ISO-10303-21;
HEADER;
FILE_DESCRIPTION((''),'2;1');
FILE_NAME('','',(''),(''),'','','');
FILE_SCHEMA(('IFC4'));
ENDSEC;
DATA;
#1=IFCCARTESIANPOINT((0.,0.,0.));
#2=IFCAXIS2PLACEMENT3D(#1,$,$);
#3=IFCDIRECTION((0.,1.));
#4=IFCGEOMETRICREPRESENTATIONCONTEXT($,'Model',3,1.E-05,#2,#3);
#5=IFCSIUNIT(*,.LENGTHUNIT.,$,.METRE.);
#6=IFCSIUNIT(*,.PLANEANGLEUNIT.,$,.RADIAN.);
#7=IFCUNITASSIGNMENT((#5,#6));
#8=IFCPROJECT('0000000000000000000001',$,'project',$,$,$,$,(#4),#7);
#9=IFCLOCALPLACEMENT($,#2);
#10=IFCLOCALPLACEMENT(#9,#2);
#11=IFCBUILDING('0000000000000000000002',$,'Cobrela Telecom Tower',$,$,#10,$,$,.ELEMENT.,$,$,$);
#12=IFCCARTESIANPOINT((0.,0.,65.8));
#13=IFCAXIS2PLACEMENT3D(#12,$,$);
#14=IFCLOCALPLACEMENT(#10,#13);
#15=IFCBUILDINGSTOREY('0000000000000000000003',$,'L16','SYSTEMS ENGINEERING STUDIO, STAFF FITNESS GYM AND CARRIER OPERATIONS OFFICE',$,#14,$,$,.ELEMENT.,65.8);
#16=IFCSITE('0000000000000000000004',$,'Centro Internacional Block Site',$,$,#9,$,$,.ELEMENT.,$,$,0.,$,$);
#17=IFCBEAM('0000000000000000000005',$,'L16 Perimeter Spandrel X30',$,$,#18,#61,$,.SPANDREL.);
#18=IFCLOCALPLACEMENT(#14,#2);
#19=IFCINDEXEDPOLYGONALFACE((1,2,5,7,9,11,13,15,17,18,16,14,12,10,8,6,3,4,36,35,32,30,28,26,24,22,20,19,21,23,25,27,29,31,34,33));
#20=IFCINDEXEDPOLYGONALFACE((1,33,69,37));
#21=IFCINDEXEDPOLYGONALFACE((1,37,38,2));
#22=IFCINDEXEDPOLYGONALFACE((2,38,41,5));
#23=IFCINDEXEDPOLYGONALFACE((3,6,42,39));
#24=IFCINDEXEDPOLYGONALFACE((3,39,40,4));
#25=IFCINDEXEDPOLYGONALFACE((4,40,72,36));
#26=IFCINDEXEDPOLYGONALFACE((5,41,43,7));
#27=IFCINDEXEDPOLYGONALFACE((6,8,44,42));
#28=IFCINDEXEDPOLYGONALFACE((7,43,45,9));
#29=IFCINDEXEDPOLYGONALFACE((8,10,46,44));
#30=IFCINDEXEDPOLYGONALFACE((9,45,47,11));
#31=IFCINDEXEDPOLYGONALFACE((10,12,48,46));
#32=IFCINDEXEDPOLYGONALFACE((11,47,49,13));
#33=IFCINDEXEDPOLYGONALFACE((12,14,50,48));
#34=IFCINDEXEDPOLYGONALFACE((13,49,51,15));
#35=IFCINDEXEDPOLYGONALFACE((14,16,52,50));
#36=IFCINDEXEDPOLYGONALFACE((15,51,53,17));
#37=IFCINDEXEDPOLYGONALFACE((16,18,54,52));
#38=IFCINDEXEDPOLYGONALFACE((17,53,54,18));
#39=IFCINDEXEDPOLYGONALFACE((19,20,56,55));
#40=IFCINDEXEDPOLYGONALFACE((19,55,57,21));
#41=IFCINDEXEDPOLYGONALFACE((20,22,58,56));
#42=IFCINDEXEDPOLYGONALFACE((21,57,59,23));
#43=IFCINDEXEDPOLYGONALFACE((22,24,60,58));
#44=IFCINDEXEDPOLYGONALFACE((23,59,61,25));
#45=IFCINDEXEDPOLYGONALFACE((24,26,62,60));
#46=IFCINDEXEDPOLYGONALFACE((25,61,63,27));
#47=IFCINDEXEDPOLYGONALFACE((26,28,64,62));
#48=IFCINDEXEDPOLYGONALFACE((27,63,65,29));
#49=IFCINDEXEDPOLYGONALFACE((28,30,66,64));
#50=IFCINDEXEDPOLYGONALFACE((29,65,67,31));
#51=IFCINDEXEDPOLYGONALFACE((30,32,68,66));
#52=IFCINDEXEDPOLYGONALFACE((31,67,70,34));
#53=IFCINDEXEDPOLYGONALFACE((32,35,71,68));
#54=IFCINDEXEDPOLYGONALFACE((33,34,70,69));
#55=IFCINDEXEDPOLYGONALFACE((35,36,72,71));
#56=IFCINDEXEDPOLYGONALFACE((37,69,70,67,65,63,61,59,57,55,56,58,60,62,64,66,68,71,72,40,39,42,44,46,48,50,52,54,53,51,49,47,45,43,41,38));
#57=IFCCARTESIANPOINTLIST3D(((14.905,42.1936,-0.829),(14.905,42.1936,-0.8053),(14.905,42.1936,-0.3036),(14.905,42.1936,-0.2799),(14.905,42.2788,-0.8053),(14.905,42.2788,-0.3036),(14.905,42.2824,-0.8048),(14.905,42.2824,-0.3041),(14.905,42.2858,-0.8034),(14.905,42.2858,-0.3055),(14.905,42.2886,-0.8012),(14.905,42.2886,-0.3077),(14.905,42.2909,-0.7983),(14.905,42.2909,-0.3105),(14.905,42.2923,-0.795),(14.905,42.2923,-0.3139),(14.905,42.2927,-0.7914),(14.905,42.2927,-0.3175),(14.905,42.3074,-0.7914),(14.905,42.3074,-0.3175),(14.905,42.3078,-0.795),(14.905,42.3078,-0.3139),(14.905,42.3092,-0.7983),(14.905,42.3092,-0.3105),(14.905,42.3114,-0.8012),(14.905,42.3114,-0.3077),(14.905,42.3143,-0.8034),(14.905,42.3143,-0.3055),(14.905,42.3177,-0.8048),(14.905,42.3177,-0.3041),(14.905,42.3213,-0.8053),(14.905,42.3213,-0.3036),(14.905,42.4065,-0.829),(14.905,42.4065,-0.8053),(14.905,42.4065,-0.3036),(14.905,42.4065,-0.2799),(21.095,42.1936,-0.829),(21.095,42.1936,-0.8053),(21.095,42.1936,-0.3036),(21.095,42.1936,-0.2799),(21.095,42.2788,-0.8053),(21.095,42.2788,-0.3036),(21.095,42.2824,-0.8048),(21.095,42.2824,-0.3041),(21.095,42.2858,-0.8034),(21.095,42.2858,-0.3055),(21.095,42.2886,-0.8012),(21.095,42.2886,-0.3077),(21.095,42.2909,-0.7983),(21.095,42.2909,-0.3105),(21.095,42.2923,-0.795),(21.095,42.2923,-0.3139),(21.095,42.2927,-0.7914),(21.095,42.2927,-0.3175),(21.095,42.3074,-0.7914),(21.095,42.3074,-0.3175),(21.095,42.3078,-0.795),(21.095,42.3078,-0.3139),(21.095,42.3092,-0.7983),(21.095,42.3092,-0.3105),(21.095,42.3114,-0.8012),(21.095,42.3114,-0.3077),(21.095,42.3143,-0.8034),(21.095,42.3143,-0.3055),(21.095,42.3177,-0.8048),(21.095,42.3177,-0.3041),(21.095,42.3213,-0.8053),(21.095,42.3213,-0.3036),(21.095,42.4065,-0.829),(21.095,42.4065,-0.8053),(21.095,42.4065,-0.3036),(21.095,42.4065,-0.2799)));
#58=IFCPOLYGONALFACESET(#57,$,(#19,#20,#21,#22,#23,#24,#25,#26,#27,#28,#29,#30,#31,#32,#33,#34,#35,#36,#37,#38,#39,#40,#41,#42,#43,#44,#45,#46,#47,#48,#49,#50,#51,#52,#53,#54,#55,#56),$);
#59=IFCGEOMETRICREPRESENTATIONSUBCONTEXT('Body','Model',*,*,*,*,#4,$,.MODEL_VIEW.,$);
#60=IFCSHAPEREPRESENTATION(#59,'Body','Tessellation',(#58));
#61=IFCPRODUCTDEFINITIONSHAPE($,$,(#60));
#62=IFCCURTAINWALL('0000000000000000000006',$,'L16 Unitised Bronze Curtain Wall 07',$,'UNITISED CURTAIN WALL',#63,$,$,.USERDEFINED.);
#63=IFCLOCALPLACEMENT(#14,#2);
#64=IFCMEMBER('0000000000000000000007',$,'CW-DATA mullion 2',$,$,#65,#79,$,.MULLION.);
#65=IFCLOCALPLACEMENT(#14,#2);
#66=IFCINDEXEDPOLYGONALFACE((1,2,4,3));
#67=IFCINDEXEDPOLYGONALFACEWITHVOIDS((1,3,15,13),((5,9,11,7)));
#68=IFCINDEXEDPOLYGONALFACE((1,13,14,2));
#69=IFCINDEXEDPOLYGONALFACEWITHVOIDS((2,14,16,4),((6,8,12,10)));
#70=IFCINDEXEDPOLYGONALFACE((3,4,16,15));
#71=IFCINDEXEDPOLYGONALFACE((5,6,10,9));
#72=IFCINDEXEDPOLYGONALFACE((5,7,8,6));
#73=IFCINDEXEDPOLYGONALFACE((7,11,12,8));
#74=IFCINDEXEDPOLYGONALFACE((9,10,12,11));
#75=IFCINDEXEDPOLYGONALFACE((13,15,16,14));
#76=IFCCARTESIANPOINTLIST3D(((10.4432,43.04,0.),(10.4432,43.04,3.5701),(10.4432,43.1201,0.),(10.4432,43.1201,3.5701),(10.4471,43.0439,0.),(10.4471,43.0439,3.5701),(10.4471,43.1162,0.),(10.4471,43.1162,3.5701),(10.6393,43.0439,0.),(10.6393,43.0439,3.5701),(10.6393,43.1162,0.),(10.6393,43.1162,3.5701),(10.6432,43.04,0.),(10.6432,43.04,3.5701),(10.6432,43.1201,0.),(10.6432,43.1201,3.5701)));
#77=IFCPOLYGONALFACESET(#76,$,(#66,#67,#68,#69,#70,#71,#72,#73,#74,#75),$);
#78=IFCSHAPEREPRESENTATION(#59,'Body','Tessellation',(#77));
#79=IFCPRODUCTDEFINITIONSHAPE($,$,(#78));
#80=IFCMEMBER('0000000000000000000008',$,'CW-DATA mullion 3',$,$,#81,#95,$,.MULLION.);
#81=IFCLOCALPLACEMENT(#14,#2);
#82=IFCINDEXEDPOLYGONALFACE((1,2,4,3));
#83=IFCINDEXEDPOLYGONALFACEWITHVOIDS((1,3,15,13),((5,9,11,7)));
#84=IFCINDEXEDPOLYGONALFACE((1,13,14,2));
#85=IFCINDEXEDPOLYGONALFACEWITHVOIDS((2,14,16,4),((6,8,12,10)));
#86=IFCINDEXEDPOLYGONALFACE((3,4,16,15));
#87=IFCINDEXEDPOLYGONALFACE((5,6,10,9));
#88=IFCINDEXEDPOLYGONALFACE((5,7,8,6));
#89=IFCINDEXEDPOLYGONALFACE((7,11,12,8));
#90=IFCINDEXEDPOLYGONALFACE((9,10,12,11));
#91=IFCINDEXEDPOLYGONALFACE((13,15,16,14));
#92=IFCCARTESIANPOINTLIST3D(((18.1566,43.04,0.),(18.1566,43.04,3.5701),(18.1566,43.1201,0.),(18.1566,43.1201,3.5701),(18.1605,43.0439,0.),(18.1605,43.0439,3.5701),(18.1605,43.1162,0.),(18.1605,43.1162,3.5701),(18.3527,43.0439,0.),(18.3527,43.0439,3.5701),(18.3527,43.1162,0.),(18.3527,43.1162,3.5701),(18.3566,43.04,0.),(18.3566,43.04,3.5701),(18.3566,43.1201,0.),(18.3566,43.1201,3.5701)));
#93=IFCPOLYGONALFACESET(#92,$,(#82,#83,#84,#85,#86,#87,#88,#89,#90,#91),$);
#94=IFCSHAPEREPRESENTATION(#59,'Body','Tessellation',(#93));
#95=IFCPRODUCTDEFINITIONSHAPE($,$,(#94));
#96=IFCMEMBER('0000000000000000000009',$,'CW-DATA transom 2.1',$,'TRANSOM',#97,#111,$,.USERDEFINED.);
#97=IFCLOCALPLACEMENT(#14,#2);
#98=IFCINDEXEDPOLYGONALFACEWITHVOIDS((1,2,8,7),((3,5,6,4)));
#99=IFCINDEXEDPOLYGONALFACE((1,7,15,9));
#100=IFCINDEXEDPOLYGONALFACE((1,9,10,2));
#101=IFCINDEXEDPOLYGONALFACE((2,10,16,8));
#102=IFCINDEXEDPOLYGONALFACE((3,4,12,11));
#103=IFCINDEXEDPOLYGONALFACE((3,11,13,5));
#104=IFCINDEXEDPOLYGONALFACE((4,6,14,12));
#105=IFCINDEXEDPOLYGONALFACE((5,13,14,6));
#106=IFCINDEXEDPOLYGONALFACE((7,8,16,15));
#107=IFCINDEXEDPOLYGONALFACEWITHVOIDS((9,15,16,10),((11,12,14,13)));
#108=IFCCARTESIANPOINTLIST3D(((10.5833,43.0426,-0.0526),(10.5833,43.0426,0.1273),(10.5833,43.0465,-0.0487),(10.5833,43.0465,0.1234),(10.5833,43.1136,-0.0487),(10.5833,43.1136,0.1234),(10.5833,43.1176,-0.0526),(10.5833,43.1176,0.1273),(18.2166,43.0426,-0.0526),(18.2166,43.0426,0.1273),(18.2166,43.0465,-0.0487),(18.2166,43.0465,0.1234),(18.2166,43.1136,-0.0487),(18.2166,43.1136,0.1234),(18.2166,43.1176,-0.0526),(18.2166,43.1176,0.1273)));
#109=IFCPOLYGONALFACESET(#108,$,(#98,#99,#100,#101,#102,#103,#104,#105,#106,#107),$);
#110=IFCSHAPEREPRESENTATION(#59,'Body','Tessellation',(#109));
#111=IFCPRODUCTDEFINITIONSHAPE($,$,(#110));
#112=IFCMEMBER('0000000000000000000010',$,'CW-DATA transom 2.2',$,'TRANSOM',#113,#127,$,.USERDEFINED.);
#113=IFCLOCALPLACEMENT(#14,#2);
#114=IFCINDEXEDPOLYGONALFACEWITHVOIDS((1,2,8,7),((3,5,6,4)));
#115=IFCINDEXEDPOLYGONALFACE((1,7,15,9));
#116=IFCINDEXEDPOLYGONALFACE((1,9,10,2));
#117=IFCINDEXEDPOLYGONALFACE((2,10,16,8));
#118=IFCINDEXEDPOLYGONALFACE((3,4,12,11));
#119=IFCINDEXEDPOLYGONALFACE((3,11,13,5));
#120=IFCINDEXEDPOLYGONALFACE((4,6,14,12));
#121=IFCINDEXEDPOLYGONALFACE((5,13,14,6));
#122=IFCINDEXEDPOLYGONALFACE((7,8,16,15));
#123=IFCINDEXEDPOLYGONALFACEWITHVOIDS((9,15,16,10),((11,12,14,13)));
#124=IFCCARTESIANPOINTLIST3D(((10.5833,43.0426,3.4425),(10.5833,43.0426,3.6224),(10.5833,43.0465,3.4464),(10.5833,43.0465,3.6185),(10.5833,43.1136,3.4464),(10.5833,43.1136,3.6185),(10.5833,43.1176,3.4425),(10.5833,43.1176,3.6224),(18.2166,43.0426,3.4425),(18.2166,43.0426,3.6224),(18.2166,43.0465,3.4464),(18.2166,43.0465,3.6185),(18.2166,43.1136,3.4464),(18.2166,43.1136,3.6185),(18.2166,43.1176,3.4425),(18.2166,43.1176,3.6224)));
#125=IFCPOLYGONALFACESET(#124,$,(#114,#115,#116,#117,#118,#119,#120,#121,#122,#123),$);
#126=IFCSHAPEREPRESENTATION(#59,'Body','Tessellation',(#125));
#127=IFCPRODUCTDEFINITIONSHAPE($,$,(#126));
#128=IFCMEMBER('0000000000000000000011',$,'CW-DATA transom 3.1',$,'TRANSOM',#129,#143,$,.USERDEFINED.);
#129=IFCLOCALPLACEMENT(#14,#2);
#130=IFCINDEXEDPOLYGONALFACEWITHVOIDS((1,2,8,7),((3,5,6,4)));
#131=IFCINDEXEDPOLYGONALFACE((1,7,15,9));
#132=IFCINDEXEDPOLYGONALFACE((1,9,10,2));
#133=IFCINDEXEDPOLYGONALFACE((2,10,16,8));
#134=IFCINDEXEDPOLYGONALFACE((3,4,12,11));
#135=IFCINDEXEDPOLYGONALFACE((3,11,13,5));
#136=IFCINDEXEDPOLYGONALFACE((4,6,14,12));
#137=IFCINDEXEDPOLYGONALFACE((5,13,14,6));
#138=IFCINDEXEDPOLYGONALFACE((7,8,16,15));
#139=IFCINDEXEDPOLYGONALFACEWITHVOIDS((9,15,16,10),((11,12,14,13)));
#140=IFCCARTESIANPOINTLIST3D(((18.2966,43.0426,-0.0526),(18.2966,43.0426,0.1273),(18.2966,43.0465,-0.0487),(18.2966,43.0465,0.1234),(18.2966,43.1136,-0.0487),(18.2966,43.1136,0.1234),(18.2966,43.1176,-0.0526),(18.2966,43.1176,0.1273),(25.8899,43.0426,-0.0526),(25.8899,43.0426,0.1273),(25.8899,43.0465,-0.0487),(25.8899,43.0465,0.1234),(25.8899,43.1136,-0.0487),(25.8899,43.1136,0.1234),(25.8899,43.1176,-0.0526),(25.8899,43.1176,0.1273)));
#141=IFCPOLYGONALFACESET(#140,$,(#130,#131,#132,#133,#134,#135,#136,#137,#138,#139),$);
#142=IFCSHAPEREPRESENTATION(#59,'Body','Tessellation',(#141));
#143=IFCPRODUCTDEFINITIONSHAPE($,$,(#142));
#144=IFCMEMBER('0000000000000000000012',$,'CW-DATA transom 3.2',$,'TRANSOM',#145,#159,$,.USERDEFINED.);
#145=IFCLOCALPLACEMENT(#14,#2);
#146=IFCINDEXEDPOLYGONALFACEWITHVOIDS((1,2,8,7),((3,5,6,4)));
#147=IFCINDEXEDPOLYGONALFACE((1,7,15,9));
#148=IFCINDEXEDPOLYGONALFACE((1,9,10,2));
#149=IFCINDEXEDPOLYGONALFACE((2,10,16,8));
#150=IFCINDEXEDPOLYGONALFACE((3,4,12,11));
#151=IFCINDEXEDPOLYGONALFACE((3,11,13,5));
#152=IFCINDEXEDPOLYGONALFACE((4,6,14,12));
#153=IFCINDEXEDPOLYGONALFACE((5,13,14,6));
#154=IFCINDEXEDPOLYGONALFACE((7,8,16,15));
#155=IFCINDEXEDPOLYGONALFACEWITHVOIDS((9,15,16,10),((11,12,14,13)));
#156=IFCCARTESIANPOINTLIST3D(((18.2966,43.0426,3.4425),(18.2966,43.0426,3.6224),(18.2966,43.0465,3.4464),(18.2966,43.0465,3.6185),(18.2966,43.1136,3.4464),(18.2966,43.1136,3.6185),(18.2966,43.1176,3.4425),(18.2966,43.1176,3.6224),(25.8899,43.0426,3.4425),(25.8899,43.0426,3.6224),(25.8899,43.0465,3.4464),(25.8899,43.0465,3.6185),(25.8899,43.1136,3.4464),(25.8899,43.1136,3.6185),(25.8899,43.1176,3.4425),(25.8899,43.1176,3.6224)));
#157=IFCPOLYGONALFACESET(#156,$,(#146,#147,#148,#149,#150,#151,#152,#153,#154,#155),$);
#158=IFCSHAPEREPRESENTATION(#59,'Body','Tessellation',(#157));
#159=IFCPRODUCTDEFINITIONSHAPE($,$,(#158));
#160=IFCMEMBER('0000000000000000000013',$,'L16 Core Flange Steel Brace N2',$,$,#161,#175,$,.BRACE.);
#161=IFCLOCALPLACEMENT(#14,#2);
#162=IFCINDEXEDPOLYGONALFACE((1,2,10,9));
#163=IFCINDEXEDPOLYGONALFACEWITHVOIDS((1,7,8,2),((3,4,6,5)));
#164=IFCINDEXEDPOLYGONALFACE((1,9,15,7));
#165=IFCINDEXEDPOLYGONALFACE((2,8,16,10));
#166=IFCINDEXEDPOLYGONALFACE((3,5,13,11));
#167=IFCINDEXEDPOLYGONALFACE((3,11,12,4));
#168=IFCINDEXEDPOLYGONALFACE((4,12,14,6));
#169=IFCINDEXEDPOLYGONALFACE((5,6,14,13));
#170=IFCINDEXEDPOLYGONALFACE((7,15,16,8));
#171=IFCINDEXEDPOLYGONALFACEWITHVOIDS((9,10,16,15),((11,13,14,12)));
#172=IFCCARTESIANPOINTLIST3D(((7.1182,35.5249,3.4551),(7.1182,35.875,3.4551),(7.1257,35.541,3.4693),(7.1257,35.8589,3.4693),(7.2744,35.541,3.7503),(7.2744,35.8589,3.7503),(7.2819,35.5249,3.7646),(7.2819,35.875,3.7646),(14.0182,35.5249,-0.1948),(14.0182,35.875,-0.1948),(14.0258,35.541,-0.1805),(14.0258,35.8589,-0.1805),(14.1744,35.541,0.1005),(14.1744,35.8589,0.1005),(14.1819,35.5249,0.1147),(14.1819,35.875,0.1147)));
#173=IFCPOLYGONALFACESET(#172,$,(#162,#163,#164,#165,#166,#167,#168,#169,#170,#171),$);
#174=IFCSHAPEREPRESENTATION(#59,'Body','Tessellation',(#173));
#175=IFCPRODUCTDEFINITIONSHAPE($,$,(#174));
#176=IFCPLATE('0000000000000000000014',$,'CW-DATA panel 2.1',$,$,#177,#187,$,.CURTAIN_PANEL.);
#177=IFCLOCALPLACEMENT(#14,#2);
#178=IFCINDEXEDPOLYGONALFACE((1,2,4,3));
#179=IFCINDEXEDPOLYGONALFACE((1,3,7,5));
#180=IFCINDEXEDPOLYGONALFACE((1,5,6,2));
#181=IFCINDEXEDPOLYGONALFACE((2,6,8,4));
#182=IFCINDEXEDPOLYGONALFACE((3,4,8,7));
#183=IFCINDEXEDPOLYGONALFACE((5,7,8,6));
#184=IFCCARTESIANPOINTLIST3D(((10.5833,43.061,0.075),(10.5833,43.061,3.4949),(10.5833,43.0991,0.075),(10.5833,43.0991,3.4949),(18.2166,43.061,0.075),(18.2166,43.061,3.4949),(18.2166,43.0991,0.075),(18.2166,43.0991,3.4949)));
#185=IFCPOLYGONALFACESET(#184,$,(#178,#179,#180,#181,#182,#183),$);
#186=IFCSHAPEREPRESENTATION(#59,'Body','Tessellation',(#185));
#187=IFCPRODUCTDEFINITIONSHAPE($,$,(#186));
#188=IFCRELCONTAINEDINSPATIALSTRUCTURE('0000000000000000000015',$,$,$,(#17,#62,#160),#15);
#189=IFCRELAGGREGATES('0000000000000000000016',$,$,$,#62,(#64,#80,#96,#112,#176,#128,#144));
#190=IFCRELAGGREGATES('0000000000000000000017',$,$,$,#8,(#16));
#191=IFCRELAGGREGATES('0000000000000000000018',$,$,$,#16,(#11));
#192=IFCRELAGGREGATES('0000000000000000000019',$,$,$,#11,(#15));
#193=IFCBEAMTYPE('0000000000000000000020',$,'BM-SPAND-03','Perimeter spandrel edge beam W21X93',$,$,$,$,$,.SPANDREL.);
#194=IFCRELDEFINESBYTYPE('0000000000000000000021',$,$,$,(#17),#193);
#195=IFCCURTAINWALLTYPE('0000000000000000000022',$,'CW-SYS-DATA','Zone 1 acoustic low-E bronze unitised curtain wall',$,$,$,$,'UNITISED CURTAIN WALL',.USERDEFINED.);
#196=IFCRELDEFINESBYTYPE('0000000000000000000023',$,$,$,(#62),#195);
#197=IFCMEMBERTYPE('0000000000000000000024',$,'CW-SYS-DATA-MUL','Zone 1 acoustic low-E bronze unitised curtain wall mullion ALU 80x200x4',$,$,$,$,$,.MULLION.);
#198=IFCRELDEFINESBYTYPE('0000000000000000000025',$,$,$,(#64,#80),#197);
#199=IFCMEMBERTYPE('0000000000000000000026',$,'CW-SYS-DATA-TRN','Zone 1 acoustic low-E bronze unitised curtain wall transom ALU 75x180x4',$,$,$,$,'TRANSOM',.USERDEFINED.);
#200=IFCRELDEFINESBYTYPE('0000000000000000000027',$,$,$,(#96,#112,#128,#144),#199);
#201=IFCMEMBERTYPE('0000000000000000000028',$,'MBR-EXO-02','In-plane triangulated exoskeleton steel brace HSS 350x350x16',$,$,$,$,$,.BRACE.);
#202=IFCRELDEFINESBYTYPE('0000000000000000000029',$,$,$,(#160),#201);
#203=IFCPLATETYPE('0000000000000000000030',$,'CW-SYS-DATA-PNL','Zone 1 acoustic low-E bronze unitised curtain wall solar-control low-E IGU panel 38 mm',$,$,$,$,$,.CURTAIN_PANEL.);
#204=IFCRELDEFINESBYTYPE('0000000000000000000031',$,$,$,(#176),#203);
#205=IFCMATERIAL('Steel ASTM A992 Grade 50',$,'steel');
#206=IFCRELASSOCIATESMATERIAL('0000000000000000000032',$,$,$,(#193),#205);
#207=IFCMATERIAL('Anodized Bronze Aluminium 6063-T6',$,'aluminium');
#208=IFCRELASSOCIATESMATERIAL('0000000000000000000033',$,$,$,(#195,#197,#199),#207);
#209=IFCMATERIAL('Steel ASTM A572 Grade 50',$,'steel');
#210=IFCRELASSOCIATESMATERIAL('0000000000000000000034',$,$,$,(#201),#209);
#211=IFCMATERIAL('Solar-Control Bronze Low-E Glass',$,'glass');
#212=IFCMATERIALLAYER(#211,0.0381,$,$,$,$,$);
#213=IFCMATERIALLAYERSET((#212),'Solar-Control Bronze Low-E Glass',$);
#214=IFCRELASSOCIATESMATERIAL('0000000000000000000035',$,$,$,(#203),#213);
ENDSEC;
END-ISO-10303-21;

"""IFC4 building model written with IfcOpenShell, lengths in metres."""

from ifc_helpers import new_model, si_unit, direction, frame, origin, origin_2d, place, context, subcontext, project, spatial, rectangle, hollow_rectangle, i_section, extrude, material, layer, layer_set, material_profile, profile_set, type_object, element, aggregate, save


model = new_model("IFC4")

# Units and contexts
model_context = context("Model", 3, precision=1e-05, world=origin(), true_north=direction((0.0, 1.0)))
body_context = subcontext(model_context, "Body", "Model", "MODEL_VIEW")
ifc_project = project(units=[si_unit("LENGTHUNIT", "METRE"), si_unit("PLANEANGLEUNIT", "RADIAN")], contexts=[model_context])

# Site, building, storey
site_placement = place(None, origin())
site = spatial("IfcSite", under=ifc_project, at=site_placement, Name="Centro Internacional Block Site", CompositionType="ELEMENT", RefElevation=0.0)
building_placement = place(site_placement, origin())
building = spatial("IfcBuilding", under=site, at=building_placement, Name="Cobrela Telecom Tower", CompositionType="ELEMENT")
storey_placement = place(building_placement, frame((0.0, 0.0, 65.8)))
storey = spatial("IfcBuildingStorey", under=building, at=storey_placement, Name="L16", Description="SYSTEMS ENGINEERING STUDIO, STAFF FITNESS GYM AND CARRIER OPERATIONS OFFICE", CompositionType="ELEMENT", Elevation=65.8)

# Shared definitions
ifc_material_1 = material(Name="Steel ASTM A572 Grade 50", Category="steel")

# Beam
ifc_material_2 = material(Name="Steel ASTM A992 Grade 50", Category="steel")
ifc_material_profile_1 = material_profile(ifc_material_2, i_section(OverallWidth=0.2129, OverallDepth=0.5491, WebThickness=0.0146, FlangeThickness=0.0237, FilletRadius=0.0139, at=origin_2d()), Name="W21X93")
ifc_profile_set_1 = profile_set([ifc_material_profile_1], Name="Steel ASTM A992 Grade 50")
beam_type_1 = type_object("IfcBeamType", Name="BM-SPAND-03", Description="Perimeter spandrel edge beam W21X93", PredefinedType="SPANDREL", material=ifc_profile_set_1)
beam_1_placement = place(storey_placement, frame((14.905, 42.3, -0.5544), z_axis=(1.0, 0.0, 0.0), x_axis=(0.0, 1.0, 0.0)))
element("IfcBeam", 1, at=beam_1_placement, inside=storey, type_object=beam_type_1, Name="L16 Perimeter Spandrel X30", PredefinedType="SPANDREL", context=body_context, shape_type="SweptSolid", body=[
    extrude(i_section(OverallWidth=0.2129, OverallDepth=0.5491, WebThickness=0.0146, FlangeThickness=0.0237, FilletRadius=0.0139, at=origin_2d()), origin(), (0.0, 0.0, 1.0), 6.1899),
])

# Curtain wall, members
ifc_material_3 = material(Name="Anodized Bronze Aluminium 6063-T6", Category="aluminium")
curtain_wall_type = type_object("IfcCurtainWallType", Name="CW-SYS-DATA", Description="Zone 1 acoustic low-E bronze unitised curtain wall", ElementType="UNITISED CURTAIN WALL", PredefinedType="USERDEFINED", material=ifc_material_3)
curtain_wall_placement = place(storey_placement, origin())
curtain_wall = element("IfcCurtainWall", 2, at=curtain_wall_placement, inside=storey, type_object=curtain_wall_type, Name="L16 Unitised Bronze Curtain Wall 07", ObjectType="UNITISED CURTAIN WALL", PredefinedType="USERDEFINED")
ifc_material_profile_2 = material_profile(ifc_material_3, hollow_rectangle(XDim=0.0801, YDim=0.2, WallThickness=0.0039, at=origin_2d()), Name="ALU 80x200x4")
ifc_profile_set_2 = profile_set([ifc_material_profile_2], Name="Anodized Bronze Aluminium 6063-T6")
member_type_1 = type_object("IfcMemberType", Name="CW-SYS-DATA-MUL", Description="Zone 1 acoustic low-E bronze unitised curtain wall mullion ALU 80x200x4", PredefinedType="MULLION", material=ifc_profile_set_2)
member_1_placement = place(storey_placement, frame((10.5432, 43.0801, 0.0), z_axis=(0.0, 0.0, 1.0), x_axis=(0.0, 1.0, 0.0)))
member_1 = element("IfcMember", 3, at=member_1_placement, type_object=member_type_1, Name="CW-DATA mullion 2", PredefinedType="MULLION", context=body_context, shape_type="SweptSolid", body=[
    extrude(hollow_rectangle(XDim=0.0801, YDim=0.2, WallThickness=0.0039, at=origin_2d()), origin(), (0.0, 0.0, 1.0), 3.5701),
])
member_2_placement = place(storey_placement, frame((18.2566, 43.0801, 0.0), z_axis=(0.0, 0.0, 1.0), x_axis=(0.0, 1.0, 0.0)))
member_2 = element("IfcMember", 4, at=member_2_placement, type_object=member_type_1, Name="CW-DATA mullion 3", PredefinedType="MULLION", context=body_context, shape_type="SweptSolid", body=[
    extrude(hollow_rectangle(XDim=0.0801, YDim=0.2, WallThickness=0.0039, at=origin_2d()), origin(), (0.0, 0.0, 1.0), 3.5701),
])
ifc_material_profile_3 = material_profile(ifc_material_3, hollow_rectangle(XDim=0.075, YDim=0.1799, WallThickness=0.0039, at=origin_2d()), Name="ALU 75x180x4")
ifc_profile_set_3 = profile_set([ifc_material_profile_3], Name="Anodized Bronze Aluminium 6063-T6")
member_type_2 = type_object("IfcMemberType", Name="CW-SYS-DATA-TRN", Description="Zone 1 acoustic low-E bronze unitised curtain wall transom ALU 75x180x4", ElementType="TRANSOM", PredefinedType="USERDEFINED", material=ifc_profile_set_3)
member_3_placement = place(storey_placement, frame((10.5833, 43.0801, 0.0374), z_axis=(1.0, 0.0, 0.0), x_axis=(0.0, 1.0, 0.0)))
member_3 = element("IfcMember", 5, at=member_3_placement, type_object=member_type_2, Name="CW-DATA transom 2.1", ObjectType="TRANSOM", PredefinedType="USERDEFINED", context=body_context, shape_type="SweptSolid", body=[
    extrude(hollow_rectangle(XDim=0.075, YDim=0.1799, WallThickness=0.0039, at=origin_2d()), origin(), (0.0, 0.0, 1.0), 7.6333),
])
member_4_placement = place(storey_placement, frame((10.5833, 43.0801, 3.5325), z_axis=(1.0, 0.0, 0.0), x_axis=(0.0, 1.0, 0.0)))
member_4 = element("IfcMember", 6, at=member_4_placement, type_object=member_type_2, Name="CW-DATA transom 2.2", ObjectType="TRANSOM", PredefinedType="USERDEFINED", context=body_context, shape_type="SweptSolid", body=[
    extrude(hollow_rectangle(XDim=0.075, YDim=0.1799, WallThickness=0.0039, at=origin_2d()), origin(), (0.0, 0.0, 1.0), 7.6333),
])
member_5_placement = place(storey_placement, frame((18.2966, 43.0801, 0.0374), z_axis=(1.0, 0.0, 0.0), x_axis=(0.0, 1.0, 0.0)))
member_5 = element("IfcMember", 7, at=member_5_placement, type_object=member_type_2, Name="CW-DATA transom 3.1", ObjectType="TRANSOM", PredefinedType="USERDEFINED", context=body_context, shape_type="SweptSolid", body=[
    extrude(hollow_rectangle(XDim=0.075, YDim=0.1799, WallThickness=0.0039, at=origin_2d()), origin(), (0.0, 0.0, 1.0), 7.5933),
])
member_6_placement = place(storey_placement, frame((18.2966, 43.0801, 3.5325), z_axis=(1.0, 0.0, 0.0), x_axis=(0.0, 1.0, 0.0)))
member_6 = element("IfcMember", 8, at=member_6_placement, type_object=member_type_2, Name="CW-DATA transom 3.2", ObjectType="TRANSOM", PredefinedType="USERDEFINED", context=body_context, shape_type="SweptSolid", body=[
    extrude(hollow_rectangle(XDim=0.075, YDim=0.1799, WallThickness=0.0039, at=origin_2d()), origin(), (0.0, 0.0, 1.0), 7.5933),
])

# Member
ifc_material_profile_4 = material_profile(ifc_material_1, hollow_rectangle(XDim=0.3501, YDim=0.3501, WallThickness=0.0161, at=origin_2d()), Name="HSS 350x350x16")
ifc_profile_set_4 = profile_set([ifc_material_profile_4], Name="Steel ASTM A572 Grade 50")
member_type_3 = type_object("IfcMemberType", Name="MBR-EXO-02", Description="In-plane triangulated exoskeleton steel brace HSS 350x350x16", PredefinedType="BRACE", material=ifc_profile_set_4)
member_7_placement = place(storey_placement, frame((14.1001, 35.7, -0.04), z_axis=(-0.883953, 0.0, 0.467576), x_axis=(0.0, -1.0, 0.0)))
element("IfcMember", 9, at=member_7_placement, inside=storey, type_object=member_type_3, Name="L16 Core Flange Steel Brace N2", PredefinedType="BRACE", context=body_context, shape_type="SweptSolid", body=[
    extrude(hollow_rectangle(XDim=0.3501, YDim=0.3501, WallThickness=0.0161, at=origin_2d()), origin(), (0.0, 0.0, 1.0), 7.8059),
])

# Plate
ifc_material_4 = material(Name="Solar-Control Bronze Low-E Glass", Category="glass")
ifc_layer_1 = layer(ifc_material_4, 0.0381)
ifc_layer_set_1 = layer_set([ifc_layer_1], Name="Solar-Control Bronze Low-E Glass")
plate_type_1 = type_object("IfcPlateType", Name="CW-SYS-DATA-PNL", Description="Zone 1 acoustic low-E bronze unitised curtain wall solar-control low-E IGU panel 38 mm", PredefinedType="CURTAIN_PANEL", material=ifc_layer_set_1)
plate_1_placement = place(storey_placement, frame((14.3999, 43.0801, 0.075), z_axis=(0.0, 0.0, 1.0), x_axis=(1.0, 0.0, 0.0)))
plate_1 = element("IfcPlate", 10, at=plate_1_placement, type_object=plate_type_1, Name="CW-DATA panel 2.1", PredefinedType="CURTAIN_PANEL", context=body_context, shape_type="SweptSolid", body=[
    extrude(rectangle(XDim=7.6333, YDim=0.0381, at=origin_2d()), origin(), (0.0, 0.0, 1.0), 3.4199),
])
aggregate(curtain_wall, [member_1, member_2, member_3, member_4, plate_1, member_5, member_6])

save(model, "model.ifc")
